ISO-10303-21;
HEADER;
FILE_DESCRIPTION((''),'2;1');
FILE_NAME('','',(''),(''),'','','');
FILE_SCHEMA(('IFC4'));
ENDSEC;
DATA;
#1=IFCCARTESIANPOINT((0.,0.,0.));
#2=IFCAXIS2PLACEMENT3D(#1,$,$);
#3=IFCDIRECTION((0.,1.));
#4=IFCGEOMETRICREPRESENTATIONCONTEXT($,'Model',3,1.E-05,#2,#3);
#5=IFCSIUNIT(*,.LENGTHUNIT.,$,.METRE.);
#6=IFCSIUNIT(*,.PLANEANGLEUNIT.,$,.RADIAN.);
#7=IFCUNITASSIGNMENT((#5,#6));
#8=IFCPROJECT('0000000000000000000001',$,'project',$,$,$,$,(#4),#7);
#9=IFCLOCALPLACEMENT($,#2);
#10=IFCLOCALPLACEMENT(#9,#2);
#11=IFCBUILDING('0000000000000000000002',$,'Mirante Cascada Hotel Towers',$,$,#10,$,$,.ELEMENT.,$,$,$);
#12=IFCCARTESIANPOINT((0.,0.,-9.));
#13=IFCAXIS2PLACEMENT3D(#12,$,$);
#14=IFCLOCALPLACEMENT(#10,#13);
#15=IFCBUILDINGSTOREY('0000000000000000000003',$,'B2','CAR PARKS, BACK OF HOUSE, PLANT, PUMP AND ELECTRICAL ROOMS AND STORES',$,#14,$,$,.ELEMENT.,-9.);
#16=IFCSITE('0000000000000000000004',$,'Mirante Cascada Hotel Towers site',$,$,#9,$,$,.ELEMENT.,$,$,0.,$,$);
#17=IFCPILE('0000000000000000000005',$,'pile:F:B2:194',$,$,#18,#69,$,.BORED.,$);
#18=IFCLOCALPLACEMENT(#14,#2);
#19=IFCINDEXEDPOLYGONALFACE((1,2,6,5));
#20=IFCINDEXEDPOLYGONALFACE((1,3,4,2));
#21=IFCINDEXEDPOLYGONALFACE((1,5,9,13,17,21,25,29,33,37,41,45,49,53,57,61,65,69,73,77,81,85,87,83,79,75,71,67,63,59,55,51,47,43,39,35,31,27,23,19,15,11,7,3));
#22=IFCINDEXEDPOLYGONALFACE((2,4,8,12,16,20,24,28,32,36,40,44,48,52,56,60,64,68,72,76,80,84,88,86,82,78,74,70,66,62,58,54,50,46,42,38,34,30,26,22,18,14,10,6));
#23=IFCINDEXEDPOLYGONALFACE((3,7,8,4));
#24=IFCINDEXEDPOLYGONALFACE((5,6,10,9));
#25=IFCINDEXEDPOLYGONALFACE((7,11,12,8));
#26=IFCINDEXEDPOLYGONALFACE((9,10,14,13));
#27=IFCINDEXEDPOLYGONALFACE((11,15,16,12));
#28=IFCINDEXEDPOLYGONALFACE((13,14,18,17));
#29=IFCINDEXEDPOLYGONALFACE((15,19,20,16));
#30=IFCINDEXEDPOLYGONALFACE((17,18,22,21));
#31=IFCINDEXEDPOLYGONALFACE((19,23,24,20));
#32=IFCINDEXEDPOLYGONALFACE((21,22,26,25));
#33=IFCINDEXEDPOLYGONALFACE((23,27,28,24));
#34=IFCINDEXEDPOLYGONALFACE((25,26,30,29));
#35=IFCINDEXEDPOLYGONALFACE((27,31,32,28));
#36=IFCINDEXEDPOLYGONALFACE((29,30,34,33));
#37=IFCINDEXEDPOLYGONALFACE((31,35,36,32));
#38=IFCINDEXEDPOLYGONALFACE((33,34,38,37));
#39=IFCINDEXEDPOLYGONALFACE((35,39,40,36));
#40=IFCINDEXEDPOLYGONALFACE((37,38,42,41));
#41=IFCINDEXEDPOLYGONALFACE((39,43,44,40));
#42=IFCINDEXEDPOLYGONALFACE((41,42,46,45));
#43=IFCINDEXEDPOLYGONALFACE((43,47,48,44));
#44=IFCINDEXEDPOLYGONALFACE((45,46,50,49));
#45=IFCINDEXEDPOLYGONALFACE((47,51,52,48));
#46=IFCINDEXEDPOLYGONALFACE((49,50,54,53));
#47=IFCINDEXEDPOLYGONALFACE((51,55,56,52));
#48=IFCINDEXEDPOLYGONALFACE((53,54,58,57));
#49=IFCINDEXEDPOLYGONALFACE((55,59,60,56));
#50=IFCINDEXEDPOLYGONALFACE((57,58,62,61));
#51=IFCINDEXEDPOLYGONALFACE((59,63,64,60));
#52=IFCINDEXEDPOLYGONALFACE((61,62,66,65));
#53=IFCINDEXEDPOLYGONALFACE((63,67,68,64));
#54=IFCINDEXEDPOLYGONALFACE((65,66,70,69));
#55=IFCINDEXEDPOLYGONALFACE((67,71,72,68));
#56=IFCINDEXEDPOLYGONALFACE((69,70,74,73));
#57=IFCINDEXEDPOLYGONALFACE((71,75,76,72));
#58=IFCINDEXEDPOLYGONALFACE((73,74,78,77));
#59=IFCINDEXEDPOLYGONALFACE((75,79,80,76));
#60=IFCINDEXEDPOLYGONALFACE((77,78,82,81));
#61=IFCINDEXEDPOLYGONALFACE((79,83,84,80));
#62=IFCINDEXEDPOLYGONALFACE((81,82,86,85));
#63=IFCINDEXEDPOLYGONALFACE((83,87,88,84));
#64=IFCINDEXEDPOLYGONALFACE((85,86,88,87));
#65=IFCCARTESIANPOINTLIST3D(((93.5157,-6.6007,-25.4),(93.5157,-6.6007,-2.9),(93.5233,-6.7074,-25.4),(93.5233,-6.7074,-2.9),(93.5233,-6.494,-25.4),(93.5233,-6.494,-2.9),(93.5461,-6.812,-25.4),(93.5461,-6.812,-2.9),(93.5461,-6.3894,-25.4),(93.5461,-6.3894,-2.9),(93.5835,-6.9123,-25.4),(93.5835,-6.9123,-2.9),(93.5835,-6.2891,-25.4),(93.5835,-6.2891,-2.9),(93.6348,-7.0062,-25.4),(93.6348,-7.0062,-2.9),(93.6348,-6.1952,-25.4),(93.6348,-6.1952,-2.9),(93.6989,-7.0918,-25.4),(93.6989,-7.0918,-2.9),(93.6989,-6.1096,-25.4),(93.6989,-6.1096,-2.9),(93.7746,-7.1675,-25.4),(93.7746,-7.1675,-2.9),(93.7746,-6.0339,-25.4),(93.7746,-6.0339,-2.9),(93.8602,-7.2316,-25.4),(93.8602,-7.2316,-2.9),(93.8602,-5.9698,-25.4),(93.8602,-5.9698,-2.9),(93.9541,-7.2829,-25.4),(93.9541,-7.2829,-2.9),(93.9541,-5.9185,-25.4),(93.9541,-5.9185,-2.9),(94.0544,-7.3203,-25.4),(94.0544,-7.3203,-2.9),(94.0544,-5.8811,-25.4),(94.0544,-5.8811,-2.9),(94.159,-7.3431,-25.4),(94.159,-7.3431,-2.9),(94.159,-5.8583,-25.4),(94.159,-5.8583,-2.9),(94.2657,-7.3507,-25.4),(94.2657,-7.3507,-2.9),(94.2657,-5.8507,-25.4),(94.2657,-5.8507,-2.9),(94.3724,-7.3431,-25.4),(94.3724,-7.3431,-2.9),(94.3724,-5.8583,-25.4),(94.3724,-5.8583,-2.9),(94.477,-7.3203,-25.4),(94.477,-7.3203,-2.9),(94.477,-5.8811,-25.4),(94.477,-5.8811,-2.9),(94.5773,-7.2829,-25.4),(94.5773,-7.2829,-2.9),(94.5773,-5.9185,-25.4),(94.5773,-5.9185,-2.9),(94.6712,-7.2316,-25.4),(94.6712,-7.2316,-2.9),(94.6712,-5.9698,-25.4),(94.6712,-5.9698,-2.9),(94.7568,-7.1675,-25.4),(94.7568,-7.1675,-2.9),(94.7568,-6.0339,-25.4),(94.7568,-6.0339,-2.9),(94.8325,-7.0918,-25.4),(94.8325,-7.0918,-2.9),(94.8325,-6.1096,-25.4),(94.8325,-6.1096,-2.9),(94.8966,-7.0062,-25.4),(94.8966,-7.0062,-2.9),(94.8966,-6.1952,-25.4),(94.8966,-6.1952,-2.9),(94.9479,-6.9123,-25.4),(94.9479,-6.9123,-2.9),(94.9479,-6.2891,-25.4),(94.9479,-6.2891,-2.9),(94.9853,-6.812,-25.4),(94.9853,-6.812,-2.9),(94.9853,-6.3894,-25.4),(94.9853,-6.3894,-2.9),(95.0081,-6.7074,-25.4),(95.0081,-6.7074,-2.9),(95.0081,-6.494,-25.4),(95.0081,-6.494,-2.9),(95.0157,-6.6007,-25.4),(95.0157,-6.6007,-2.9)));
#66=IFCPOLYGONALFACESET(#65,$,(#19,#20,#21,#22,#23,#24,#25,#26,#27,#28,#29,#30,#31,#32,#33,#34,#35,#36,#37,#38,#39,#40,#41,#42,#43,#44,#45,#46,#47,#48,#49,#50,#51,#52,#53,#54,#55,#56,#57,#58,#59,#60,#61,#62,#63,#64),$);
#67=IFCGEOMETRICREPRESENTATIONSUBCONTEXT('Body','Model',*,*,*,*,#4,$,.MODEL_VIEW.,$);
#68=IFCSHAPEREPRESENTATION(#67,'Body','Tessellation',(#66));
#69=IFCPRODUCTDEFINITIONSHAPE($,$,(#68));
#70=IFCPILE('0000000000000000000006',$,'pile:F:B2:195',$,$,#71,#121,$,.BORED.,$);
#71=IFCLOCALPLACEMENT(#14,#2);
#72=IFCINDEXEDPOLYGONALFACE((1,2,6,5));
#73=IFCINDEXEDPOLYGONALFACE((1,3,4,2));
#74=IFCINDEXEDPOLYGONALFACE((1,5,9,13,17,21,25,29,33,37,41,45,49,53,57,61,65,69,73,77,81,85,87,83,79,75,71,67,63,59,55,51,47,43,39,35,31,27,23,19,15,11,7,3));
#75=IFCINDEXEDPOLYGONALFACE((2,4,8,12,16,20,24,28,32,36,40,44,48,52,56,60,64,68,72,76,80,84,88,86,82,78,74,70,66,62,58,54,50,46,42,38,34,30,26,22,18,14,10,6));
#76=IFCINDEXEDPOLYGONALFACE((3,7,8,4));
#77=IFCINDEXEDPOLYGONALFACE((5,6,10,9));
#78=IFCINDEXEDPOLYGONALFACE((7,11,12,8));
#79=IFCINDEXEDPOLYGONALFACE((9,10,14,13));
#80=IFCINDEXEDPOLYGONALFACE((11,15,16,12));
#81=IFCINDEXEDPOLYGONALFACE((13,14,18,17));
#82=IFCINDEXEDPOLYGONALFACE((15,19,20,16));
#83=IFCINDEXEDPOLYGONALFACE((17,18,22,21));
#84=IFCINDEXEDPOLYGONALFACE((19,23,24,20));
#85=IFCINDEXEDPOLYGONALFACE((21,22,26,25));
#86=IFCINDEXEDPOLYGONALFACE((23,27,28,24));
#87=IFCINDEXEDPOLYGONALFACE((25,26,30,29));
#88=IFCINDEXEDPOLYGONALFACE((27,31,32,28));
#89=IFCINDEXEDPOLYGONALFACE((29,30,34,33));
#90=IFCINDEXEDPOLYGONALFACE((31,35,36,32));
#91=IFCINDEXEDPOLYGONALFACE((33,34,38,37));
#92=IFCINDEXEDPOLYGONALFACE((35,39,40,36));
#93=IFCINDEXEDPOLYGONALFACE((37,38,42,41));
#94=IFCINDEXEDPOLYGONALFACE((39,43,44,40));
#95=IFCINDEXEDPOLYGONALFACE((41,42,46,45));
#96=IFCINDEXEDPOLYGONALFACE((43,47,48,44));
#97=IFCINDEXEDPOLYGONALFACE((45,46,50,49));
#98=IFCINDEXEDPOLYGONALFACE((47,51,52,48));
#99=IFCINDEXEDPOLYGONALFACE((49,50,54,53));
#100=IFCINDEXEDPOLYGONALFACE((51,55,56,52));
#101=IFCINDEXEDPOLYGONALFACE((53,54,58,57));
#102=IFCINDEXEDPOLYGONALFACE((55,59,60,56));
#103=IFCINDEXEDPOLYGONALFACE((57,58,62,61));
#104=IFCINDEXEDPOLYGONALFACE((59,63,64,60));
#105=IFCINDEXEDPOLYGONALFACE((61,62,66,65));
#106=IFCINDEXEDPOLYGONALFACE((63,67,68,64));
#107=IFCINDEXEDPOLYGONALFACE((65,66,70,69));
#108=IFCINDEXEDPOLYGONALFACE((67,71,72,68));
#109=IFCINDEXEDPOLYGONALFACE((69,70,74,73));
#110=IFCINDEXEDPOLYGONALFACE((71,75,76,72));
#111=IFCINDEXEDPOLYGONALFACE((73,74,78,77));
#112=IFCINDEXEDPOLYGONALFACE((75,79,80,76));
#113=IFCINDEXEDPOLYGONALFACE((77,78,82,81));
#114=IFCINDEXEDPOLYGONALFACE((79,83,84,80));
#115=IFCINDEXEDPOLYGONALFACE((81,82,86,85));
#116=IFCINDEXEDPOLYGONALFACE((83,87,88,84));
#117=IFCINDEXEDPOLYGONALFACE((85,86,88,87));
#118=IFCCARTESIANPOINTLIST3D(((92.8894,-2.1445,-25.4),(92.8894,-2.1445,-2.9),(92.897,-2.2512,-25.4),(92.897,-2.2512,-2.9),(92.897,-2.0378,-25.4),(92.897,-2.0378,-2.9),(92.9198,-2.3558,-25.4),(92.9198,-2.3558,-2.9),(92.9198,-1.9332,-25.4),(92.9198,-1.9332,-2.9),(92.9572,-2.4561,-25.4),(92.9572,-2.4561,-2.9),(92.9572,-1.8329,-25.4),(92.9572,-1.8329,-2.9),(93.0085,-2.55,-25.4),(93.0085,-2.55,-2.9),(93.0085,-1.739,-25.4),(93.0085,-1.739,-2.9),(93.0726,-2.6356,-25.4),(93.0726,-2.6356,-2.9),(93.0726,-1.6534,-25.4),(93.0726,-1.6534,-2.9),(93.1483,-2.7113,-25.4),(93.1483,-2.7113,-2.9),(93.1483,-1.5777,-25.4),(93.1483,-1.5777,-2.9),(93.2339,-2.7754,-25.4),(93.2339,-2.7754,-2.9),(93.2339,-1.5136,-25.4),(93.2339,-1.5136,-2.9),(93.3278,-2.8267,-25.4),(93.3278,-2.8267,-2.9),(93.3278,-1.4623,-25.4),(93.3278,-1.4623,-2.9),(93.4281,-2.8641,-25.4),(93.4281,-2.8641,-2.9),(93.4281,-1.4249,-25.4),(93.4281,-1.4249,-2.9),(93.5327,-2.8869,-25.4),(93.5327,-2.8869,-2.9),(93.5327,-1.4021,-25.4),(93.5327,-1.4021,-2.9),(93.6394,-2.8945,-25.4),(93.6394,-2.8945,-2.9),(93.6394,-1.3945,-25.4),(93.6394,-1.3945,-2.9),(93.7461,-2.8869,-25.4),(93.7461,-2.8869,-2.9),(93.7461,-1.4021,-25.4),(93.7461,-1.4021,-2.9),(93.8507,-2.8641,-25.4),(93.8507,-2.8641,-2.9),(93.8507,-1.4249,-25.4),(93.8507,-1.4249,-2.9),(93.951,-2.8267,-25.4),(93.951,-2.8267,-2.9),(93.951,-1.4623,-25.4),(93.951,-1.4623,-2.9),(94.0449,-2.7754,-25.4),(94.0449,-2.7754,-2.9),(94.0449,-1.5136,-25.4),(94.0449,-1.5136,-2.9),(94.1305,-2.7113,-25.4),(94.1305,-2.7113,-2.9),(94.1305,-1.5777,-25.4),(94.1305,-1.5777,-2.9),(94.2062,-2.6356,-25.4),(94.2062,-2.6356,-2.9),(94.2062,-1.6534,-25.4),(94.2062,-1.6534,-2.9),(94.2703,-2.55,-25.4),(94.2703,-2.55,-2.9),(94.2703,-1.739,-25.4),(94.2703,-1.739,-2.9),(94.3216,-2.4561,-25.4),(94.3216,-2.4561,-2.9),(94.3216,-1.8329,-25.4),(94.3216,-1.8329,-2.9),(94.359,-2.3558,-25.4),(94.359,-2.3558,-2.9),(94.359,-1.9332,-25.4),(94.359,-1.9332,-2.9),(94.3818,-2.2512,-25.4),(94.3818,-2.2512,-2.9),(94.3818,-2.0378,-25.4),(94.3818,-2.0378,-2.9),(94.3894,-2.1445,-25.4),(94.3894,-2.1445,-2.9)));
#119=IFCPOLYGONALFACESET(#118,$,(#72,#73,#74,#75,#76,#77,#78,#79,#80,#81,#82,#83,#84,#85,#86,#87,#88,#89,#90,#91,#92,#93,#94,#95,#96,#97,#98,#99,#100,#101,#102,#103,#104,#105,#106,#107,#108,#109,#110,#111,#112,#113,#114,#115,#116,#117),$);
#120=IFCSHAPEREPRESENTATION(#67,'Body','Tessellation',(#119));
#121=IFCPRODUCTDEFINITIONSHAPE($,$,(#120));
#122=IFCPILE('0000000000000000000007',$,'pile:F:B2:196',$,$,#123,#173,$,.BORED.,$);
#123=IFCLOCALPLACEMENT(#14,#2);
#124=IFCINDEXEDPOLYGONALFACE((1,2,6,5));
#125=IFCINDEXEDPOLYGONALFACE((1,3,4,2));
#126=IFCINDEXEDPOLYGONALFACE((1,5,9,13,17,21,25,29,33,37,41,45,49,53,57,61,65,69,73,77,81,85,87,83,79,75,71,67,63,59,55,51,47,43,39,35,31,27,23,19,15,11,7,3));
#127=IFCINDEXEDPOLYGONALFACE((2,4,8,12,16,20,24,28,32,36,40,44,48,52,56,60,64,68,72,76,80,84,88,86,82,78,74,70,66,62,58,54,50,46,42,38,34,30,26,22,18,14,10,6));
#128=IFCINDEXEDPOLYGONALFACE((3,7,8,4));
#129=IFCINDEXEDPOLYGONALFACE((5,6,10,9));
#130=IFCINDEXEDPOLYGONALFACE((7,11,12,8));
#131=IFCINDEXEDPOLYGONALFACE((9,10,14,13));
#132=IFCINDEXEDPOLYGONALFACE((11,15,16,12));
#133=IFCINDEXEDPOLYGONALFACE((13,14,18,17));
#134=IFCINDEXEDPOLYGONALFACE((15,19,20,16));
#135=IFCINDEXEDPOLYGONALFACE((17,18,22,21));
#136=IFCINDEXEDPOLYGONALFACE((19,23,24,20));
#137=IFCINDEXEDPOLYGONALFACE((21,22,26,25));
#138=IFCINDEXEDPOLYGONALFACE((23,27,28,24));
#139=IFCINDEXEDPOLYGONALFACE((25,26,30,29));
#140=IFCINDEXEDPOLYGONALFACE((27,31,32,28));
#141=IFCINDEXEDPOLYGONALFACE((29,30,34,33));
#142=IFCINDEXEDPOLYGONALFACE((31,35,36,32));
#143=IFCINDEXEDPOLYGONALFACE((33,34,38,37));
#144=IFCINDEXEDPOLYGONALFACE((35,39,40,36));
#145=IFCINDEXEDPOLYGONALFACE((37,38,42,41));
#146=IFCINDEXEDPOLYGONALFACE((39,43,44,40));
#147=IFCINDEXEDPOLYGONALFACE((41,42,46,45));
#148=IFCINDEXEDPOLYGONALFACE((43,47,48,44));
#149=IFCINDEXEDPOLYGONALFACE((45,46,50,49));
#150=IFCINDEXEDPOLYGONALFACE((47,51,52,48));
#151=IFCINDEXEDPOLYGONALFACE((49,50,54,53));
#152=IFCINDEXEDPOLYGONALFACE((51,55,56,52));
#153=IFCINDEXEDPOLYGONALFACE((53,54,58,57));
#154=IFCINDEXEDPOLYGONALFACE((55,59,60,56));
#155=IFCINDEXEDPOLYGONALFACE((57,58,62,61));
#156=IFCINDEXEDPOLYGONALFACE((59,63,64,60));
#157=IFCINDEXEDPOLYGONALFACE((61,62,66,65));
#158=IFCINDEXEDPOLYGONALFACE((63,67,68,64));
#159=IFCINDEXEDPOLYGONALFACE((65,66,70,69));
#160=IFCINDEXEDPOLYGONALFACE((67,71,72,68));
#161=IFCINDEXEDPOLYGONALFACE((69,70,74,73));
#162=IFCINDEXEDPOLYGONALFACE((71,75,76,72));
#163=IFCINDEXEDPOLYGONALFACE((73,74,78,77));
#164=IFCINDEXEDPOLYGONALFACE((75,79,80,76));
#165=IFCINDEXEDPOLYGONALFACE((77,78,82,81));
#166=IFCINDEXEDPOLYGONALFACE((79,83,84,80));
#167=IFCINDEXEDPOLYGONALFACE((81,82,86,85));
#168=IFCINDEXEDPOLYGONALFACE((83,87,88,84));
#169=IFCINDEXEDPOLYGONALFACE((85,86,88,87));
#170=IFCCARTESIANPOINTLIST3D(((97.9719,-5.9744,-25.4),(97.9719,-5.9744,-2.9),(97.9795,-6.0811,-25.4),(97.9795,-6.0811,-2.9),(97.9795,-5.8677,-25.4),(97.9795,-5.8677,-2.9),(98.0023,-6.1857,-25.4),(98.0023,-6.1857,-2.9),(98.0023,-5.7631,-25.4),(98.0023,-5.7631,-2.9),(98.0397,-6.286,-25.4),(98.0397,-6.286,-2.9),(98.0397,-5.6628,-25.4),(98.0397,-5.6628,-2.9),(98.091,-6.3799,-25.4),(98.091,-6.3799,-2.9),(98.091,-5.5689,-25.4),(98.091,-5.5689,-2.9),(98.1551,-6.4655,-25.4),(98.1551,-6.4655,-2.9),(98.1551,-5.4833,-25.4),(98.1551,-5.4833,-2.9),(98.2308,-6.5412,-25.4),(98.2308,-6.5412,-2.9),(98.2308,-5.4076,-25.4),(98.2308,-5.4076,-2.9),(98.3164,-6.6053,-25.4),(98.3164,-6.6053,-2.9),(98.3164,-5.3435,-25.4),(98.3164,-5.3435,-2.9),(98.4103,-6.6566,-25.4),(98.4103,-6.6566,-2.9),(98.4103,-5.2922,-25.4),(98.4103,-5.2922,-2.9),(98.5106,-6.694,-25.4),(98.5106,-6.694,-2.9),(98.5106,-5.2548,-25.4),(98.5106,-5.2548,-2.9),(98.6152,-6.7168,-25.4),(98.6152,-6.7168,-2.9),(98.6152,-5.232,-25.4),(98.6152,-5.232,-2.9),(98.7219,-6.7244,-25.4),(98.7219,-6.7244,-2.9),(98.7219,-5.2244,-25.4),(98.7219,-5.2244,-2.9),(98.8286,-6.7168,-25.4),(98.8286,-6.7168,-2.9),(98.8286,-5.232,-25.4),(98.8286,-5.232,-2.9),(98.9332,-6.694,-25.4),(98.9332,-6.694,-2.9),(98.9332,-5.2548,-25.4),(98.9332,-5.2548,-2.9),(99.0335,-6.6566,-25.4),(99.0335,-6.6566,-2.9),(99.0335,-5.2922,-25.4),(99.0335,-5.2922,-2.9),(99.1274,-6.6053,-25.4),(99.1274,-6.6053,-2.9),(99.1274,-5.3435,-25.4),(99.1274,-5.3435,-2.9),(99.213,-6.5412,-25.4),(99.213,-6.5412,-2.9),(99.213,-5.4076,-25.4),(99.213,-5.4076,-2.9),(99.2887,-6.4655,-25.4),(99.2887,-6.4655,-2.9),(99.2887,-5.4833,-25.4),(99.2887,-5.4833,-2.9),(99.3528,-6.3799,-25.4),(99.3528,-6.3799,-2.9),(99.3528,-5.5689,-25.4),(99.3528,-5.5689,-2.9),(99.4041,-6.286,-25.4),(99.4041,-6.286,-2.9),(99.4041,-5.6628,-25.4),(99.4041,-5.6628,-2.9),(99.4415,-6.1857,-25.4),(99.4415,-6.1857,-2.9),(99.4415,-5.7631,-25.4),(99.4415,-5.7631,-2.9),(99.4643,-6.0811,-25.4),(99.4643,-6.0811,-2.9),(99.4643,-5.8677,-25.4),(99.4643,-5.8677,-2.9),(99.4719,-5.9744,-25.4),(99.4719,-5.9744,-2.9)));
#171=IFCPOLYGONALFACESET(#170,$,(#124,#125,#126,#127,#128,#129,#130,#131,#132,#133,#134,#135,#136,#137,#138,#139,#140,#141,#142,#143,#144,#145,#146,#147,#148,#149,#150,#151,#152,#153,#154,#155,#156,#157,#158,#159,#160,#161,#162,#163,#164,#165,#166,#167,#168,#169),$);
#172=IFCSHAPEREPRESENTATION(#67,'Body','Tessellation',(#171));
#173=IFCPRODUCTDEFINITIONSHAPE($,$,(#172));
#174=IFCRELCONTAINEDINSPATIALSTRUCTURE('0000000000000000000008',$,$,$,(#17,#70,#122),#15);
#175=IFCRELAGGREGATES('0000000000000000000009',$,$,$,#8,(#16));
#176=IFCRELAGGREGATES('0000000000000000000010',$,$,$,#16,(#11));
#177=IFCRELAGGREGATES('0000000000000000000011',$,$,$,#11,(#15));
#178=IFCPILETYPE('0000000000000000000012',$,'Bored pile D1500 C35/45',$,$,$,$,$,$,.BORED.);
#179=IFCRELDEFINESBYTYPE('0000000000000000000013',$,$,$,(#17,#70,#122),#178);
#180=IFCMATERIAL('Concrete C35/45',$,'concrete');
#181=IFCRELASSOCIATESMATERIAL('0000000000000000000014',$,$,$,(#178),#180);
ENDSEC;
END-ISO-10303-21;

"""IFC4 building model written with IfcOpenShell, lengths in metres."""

from ifc_helpers import new_model, si_unit, direction, frame, origin, origin_2d, place, context, subcontext, project, spatial, circle, extrude, material, material_profile, profile_set, type_object, element, save


model = new_model("IFC4")

# Units and contexts
model_context = context("Model", 3, precision=1e-05, world=origin(), true_north=direction((0.0, 1.0)))
body_context = subcontext(model_context, "Body", "Model", "MODEL_VIEW")
ifc_project = project(units=[si_unit("LENGTHUNIT", "METRE"), si_unit("PLANEANGLEUNIT", "RADIAN")], contexts=[model_context])

# Site, building, storey
site_placement = place(None, origin())
site = spatial("IfcSite", under=ifc_project, at=site_placement, Name="Mirante Cascada Hotel Towers site", CompositionType="ELEMENT", RefElevation=0.0)
building_placement = place(site_placement, origin())
building = spatial("IfcBuilding", under=site, at=building_placement, Name="Mirante Cascada Hotel Towers", CompositionType="ELEMENT")
storey_placement = place(building_placement, frame((0.0, 0.0, -9.0)))
storey = spatial("IfcBuildingStorey", under=building, at=storey_placement, Name="B2", Description="CAR PARKS, BACK OF HOUSE, PLANT, PUMP AND ELECTRICAL ROOMS AND STORES", CompositionType="ELEMENT", Elevation=-9.0)

# Piles
ifc_material_1 = material(Name="Concrete C35/45", Category="concrete")
ifc_material_profile_1 = material_profile(ifc_material_1, circle(Radius=0.75, at=origin_2d()), Name="RC D1500")
ifc_profile_set_1 = profile_set([ifc_material_profile_1], Name="Concrete C35/45")
pile_type = type_object("IfcPileType", Name="Bored pile D1500 C35/45", PredefinedType="BORED", material=ifc_profile_set_1)
for number, where, z_axis, x_axis, name in (
    (1, (94.2657, -6.6007, -2.9), (0.0, 0.0, -1.0), (1.0, 0.0, 0.0), "pile:F:B2:194"),
    (2, (93.6394, -2.1445, -2.9), (0.0, 0.0, -1.0), (1.0, 0.0, 0.0), "pile:F:B2:195"),
    (3, (98.7219, -5.9744, -2.9), (0.0, 0.0, -1.0), (1.0, 0.0, 0.0), "pile:F:B2:196"),
):
    element("IfcPile", number, at=place(storey_placement, frame(where, z_axis=z_axis, x_axis=x_axis)), inside=storey, type_object=pile_type, Name=name, PredefinedType="BORED", context=body_context, shape_type="SweptSolid", body=[
        extrude(circle(Radius=0.75, at=origin_2d()), origin(), (0.0, 0.0, 1.0), 22.5),
    ])

save(model, "model.ifc")
